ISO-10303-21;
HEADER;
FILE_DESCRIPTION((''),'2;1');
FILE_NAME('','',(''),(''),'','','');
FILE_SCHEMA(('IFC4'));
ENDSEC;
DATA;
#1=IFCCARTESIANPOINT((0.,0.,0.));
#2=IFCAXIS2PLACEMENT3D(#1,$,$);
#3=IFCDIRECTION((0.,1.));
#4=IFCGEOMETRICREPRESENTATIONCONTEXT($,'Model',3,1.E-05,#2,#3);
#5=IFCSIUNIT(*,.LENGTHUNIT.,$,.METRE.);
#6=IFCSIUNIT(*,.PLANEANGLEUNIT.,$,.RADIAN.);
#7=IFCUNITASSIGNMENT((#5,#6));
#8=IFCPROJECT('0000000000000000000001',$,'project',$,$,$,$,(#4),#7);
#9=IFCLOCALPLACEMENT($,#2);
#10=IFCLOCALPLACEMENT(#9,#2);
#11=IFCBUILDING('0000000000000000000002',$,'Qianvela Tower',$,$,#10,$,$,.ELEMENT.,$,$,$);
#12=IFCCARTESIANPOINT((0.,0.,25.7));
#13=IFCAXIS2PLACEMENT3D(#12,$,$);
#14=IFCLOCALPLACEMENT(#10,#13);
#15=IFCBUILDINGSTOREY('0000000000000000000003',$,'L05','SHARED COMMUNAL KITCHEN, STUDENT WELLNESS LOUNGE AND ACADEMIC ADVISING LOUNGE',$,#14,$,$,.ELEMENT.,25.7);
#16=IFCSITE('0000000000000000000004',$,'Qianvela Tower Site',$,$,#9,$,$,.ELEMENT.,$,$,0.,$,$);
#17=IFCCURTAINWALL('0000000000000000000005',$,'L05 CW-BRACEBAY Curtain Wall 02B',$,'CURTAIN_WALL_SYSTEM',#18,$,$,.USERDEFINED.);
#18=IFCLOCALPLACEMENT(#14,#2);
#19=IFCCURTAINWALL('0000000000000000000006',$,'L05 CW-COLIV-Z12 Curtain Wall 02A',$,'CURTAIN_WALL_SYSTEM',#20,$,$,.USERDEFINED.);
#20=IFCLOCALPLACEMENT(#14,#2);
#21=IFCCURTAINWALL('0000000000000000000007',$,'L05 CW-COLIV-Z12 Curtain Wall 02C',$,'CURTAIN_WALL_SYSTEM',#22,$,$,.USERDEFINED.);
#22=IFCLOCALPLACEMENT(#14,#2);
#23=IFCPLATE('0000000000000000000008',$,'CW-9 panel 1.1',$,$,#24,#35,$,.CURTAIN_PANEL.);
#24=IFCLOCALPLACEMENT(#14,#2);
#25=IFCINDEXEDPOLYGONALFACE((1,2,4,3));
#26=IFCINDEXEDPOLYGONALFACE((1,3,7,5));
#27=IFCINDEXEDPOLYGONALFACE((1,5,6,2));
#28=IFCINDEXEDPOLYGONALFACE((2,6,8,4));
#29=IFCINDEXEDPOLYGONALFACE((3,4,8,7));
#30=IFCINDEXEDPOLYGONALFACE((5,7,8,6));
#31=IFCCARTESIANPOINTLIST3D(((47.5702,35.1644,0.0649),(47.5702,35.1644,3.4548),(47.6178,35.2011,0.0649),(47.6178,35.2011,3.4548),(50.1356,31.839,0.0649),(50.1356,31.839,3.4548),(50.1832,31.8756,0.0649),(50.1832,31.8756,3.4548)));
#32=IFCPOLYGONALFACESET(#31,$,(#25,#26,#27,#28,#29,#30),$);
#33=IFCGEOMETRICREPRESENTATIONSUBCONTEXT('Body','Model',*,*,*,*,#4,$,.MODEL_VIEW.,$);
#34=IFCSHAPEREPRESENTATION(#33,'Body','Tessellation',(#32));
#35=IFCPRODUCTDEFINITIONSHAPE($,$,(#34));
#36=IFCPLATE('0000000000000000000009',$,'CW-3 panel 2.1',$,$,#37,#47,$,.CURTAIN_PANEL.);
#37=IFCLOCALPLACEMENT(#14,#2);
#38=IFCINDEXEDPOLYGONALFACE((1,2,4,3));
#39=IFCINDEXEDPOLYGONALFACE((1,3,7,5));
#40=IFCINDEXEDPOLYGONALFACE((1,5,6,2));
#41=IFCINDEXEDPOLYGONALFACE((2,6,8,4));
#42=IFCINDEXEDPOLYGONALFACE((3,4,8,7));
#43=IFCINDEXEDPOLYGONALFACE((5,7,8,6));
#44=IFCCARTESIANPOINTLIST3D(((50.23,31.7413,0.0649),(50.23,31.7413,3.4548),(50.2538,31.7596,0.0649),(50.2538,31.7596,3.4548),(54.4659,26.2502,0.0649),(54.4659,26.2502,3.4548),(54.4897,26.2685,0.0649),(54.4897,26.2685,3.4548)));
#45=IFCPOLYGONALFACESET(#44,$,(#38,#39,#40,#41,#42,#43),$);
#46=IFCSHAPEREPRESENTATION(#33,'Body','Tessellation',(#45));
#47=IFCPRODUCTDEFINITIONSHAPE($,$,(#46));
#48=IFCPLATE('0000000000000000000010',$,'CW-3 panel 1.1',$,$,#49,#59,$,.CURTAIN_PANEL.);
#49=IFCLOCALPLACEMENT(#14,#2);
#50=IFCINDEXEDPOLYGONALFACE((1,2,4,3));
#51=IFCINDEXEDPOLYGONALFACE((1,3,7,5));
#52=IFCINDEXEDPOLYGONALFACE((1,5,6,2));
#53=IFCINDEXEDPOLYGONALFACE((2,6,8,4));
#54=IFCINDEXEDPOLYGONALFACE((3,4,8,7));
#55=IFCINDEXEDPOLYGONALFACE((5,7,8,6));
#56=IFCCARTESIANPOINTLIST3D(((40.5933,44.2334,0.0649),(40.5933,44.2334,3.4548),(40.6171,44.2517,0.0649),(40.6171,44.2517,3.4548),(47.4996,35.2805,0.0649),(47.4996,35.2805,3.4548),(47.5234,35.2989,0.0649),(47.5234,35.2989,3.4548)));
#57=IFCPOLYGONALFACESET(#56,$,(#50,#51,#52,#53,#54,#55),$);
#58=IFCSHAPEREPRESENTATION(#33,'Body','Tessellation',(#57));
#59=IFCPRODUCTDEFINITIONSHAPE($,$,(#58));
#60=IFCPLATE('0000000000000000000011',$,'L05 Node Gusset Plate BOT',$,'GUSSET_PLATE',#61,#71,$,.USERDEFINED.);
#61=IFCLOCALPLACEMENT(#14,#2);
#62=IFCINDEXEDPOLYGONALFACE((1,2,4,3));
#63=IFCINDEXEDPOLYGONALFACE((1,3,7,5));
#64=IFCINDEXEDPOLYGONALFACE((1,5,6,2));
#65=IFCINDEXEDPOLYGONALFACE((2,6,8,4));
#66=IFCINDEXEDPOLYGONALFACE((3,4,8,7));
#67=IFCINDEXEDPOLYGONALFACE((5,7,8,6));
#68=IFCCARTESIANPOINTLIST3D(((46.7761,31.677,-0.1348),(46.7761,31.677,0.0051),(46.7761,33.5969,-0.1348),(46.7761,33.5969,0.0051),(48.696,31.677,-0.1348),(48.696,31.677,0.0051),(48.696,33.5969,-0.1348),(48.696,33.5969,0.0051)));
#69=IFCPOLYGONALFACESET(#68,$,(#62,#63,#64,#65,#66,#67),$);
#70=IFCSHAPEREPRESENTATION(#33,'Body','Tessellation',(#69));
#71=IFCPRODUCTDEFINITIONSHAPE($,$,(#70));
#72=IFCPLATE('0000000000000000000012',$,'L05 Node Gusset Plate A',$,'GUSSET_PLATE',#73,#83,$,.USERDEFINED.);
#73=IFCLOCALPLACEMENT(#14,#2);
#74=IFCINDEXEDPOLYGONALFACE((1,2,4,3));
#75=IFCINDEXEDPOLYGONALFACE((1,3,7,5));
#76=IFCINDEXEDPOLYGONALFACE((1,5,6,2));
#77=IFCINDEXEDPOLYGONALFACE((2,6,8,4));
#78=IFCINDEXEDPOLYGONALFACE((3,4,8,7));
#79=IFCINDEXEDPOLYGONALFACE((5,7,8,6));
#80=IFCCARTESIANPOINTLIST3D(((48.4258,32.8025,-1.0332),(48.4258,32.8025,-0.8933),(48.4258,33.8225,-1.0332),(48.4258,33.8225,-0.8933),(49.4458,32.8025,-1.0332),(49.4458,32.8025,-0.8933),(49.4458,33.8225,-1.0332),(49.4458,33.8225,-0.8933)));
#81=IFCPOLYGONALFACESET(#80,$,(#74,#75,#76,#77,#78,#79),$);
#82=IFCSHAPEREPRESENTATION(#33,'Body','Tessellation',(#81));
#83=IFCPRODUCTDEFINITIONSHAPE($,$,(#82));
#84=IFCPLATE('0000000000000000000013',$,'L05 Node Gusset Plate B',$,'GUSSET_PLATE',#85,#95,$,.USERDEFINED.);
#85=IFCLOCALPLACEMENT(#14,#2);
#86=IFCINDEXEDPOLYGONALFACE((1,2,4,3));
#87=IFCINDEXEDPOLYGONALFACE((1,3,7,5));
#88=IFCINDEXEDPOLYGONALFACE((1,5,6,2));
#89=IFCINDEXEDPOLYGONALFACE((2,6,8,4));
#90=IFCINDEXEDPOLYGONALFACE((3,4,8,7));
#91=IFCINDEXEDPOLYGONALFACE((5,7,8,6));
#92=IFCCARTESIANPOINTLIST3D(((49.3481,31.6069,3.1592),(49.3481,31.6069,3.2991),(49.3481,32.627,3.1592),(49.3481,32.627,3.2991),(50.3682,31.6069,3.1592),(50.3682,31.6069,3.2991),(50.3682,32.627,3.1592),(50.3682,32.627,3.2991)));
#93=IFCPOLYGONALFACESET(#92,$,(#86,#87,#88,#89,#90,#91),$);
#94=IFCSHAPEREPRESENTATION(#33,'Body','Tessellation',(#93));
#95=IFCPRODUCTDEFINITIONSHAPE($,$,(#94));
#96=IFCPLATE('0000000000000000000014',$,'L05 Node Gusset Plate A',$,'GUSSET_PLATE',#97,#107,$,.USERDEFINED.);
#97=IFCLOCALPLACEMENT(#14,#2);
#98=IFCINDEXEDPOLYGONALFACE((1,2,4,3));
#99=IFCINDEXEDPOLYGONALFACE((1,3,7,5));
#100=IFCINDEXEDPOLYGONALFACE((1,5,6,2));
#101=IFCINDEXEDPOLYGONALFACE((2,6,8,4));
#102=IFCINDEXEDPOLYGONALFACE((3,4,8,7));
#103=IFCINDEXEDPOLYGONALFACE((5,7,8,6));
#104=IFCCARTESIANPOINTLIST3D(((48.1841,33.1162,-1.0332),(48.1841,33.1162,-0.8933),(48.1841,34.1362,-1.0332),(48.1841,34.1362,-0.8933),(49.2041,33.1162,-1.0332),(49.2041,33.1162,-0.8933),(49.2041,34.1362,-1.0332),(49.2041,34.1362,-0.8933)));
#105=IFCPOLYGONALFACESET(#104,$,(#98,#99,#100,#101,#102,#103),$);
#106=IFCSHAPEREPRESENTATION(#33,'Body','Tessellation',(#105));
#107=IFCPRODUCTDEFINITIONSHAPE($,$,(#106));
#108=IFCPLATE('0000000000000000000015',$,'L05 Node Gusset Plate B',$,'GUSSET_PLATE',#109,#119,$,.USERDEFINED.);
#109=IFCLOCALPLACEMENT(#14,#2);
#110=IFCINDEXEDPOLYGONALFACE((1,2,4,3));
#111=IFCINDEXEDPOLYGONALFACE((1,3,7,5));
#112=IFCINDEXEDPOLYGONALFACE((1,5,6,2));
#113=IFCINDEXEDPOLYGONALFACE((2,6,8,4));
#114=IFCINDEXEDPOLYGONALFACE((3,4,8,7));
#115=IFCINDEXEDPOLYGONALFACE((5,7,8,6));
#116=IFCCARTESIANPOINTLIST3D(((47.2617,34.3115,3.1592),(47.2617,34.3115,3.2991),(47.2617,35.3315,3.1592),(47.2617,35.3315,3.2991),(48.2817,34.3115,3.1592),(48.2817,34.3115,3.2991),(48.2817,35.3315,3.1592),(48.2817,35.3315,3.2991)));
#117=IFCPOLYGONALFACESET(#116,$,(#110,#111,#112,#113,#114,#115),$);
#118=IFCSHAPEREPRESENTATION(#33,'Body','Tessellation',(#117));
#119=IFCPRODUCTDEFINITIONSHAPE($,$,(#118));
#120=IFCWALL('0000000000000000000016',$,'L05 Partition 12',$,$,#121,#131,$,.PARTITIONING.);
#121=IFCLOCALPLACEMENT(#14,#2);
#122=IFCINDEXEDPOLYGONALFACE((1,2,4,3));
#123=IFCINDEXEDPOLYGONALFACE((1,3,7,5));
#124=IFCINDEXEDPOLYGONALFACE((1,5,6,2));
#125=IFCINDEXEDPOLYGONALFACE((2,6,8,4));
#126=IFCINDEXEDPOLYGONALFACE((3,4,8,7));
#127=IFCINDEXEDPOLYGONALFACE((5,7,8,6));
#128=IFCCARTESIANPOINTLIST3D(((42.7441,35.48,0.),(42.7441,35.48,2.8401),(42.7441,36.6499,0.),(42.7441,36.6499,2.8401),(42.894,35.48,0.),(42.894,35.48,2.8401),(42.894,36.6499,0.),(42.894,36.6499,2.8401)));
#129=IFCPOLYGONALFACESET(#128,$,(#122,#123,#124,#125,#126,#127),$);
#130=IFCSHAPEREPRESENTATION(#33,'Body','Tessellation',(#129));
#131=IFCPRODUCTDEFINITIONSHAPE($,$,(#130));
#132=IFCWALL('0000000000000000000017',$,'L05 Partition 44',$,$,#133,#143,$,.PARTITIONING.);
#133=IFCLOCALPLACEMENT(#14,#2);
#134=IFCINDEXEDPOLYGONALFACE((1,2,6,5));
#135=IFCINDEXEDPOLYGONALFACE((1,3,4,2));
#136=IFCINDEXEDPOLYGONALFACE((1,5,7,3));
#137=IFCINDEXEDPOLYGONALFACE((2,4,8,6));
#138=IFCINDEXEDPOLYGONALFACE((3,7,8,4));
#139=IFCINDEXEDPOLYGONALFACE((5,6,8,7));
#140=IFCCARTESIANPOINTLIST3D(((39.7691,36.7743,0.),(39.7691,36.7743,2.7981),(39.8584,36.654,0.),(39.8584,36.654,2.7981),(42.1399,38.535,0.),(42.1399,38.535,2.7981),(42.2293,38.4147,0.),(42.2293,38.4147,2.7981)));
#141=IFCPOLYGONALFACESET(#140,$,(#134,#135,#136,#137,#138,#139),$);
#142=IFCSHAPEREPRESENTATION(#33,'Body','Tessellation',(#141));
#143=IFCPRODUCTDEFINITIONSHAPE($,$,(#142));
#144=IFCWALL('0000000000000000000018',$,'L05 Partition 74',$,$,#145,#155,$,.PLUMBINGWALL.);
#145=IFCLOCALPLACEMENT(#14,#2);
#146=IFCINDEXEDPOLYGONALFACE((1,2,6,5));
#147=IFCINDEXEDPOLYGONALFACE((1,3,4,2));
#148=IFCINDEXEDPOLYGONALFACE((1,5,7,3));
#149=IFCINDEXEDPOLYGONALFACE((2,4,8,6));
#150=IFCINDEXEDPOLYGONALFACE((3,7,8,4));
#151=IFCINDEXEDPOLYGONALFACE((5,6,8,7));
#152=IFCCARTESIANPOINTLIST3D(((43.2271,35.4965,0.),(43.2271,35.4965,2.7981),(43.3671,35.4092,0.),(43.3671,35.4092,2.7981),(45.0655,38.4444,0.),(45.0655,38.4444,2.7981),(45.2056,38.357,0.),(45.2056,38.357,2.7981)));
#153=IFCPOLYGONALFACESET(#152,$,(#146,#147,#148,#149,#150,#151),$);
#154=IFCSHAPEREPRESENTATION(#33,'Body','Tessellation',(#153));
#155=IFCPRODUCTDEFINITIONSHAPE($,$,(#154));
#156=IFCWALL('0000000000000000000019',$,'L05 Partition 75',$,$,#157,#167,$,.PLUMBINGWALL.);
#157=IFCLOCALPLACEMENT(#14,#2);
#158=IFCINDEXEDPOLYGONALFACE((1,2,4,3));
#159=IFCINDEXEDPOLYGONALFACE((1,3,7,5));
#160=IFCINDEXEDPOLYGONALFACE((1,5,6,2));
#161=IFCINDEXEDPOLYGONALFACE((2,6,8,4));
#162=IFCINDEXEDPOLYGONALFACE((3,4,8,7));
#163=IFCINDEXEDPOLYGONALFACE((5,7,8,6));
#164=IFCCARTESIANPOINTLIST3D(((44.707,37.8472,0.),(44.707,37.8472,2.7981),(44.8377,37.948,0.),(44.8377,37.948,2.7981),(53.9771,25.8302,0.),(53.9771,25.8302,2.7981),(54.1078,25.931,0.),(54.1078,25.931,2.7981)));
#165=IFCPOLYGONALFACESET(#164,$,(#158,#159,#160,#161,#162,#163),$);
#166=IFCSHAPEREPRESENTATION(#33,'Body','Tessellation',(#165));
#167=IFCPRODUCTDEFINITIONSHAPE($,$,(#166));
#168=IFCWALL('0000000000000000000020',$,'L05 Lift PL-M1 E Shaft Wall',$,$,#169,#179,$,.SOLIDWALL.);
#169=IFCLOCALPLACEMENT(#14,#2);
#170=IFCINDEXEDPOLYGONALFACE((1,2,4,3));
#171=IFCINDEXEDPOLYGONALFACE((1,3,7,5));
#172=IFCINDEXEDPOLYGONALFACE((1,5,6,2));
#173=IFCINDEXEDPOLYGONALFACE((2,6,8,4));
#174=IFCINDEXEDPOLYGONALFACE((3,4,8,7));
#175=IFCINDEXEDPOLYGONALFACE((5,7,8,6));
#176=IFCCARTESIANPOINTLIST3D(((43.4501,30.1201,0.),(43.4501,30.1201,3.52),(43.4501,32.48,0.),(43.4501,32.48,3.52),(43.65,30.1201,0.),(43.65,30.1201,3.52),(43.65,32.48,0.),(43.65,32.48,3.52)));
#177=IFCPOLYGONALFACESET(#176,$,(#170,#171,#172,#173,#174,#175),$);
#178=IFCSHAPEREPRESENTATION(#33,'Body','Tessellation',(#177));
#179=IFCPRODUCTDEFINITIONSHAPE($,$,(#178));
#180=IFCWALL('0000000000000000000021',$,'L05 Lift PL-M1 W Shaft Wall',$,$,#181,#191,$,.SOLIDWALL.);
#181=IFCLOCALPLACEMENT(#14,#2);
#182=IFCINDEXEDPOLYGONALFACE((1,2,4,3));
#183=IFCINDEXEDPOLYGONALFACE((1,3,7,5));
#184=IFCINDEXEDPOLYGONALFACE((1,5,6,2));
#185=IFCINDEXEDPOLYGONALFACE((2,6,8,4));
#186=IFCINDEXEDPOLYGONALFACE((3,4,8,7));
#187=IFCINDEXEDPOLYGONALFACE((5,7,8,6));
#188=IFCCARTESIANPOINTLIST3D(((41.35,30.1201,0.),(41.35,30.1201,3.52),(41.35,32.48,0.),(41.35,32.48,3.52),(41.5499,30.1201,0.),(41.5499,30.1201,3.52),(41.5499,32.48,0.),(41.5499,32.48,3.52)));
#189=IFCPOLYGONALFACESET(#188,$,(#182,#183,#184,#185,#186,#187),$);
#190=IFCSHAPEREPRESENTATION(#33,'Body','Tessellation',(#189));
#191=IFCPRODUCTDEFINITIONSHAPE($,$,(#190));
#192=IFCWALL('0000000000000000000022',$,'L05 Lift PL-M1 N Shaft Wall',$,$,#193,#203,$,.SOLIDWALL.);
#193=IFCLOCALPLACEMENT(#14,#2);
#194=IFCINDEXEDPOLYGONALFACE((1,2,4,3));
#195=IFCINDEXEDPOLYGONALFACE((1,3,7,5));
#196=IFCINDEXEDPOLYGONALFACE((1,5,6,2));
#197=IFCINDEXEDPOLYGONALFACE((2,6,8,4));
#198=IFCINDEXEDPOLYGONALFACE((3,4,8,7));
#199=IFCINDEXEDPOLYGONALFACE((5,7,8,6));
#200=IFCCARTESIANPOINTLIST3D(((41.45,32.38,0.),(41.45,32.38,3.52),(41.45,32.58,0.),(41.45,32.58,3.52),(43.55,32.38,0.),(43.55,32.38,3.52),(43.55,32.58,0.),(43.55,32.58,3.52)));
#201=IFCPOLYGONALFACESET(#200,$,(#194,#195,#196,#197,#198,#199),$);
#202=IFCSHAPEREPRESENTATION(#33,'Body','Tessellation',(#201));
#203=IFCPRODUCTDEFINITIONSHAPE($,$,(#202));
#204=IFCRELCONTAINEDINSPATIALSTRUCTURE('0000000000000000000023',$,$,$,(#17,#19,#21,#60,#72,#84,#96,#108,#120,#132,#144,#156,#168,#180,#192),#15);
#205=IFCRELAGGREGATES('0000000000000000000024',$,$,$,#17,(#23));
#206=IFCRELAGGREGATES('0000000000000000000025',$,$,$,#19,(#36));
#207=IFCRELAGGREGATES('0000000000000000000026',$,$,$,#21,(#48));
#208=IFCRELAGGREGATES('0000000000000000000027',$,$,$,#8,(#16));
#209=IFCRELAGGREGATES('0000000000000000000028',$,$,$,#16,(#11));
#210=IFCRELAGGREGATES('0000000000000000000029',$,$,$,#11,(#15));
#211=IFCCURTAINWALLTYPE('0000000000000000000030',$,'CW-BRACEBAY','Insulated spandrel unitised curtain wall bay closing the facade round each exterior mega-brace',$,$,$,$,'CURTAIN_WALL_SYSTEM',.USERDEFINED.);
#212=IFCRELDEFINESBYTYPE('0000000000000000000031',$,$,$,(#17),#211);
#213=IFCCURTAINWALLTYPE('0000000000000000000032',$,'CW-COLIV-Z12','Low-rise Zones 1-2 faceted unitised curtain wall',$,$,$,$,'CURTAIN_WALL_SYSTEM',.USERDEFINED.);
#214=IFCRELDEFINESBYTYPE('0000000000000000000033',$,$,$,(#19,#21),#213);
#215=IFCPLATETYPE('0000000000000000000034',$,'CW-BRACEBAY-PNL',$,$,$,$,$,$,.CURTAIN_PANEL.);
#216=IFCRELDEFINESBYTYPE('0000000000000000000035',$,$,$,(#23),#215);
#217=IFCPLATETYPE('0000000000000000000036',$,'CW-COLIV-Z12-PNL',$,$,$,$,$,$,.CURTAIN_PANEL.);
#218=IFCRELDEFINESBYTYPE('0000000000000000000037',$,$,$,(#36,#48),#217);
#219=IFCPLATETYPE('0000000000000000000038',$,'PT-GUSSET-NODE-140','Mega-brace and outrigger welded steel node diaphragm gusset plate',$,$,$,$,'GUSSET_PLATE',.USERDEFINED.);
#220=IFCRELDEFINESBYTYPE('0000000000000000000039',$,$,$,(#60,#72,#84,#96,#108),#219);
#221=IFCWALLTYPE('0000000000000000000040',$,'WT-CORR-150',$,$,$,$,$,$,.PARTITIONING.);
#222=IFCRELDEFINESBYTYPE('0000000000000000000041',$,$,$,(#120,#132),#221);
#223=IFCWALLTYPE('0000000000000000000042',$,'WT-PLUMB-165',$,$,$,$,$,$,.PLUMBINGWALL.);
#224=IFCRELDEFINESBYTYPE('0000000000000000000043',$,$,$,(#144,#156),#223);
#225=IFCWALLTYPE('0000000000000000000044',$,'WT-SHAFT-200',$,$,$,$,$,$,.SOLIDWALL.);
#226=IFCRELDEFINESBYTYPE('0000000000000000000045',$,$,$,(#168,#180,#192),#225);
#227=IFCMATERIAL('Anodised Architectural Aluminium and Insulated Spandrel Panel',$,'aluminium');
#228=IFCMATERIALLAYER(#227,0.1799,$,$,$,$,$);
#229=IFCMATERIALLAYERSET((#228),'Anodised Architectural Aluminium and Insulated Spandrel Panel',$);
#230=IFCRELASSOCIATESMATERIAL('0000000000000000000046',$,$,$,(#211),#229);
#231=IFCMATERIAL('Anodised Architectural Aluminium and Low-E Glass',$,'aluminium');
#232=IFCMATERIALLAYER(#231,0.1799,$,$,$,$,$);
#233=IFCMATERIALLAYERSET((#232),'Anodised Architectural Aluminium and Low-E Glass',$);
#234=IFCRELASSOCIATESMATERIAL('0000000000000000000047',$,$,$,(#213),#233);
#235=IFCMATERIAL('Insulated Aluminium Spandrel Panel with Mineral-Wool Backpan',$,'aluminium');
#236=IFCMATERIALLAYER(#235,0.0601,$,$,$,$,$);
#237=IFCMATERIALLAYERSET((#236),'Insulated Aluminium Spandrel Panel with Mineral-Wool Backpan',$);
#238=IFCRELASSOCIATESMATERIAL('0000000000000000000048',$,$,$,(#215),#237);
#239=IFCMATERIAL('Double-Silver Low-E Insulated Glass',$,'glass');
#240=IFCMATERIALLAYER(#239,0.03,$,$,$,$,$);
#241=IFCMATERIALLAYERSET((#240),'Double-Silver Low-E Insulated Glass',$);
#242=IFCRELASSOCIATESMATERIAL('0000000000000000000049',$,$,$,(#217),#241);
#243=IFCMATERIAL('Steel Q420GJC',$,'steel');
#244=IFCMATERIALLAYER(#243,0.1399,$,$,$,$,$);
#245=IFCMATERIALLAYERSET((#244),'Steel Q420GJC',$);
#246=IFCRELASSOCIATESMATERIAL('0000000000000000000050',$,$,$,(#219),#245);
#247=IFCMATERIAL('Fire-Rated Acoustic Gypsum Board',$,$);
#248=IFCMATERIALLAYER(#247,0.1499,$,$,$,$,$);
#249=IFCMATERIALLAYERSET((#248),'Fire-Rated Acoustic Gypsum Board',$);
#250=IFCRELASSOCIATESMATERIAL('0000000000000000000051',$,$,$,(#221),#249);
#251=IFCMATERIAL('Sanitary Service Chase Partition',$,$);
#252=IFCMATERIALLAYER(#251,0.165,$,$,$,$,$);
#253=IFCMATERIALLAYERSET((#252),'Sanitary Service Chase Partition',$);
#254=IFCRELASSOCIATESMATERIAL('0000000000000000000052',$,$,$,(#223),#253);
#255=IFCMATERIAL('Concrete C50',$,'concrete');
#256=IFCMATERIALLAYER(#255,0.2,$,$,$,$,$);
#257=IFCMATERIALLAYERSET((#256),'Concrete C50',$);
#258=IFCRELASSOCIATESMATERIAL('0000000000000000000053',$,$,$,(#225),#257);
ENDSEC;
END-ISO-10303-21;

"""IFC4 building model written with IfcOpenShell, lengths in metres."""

from ifc_helpers import new_model, si_unit, direction, frame, frame_2d, origin, origin_2d, place, context, subcontext, project, spatial, rectangle, extrude, material, layer, layer_set, type_object, element, aggregate, save


model = new_model("IFC4")

# Units and contexts
model_context = context("Model", 3, precision=1e-05, world=origin(), true_north=direction((0.0, 1.0)))
body_context = subcontext(model_context, "Body", "Model", "MODEL_VIEW")
ifc_project = project(units=[si_unit("LENGTHUNIT", "METRE"), si_unit("PLANEANGLEUNIT", "RADIAN")], contexts=[model_context])

# Site, building, storey
site_placement = place(None, origin())
site = spatial("IfcSite", under=ifc_project, at=site_placement, Name="Qianvela Tower Site", CompositionType="ELEMENT", RefElevation=0.0)
building_placement = place(site_placement, origin())
building = spatial("IfcBuilding", under=site, at=building_placement, Name="Qianvela Tower", CompositionType="ELEMENT")
storey_placement = place(building_placement, frame((0.0, 0.0, 25.7)))
storey = spatial("IfcBuildingStorey", under=building, at=storey_placement, Name="L05", Description="SHARED COMMUNAL KITCHEN, STUDENT WELLNESS LOUNGE AND ACADEMIC ADVISING LOUNGE", CompositionType="ELEMENT", Elevation=25.7)

# Curtain wall
ifc_material_1 = material(Name="Anodised Architectural Aluminium and Insulated Spandrel Panel", Category="aluminium")
ifc_layer_1 = layer(ifc_material_1, 0.1799)
ifc_layer_set_1 = layer_set([ifc_layer_1], Name="Anodised Architectural Aluminium and Insulated Spandrel Panel")
curtain_wall_type_1 = type_object("IfcCurtainWallType", Name="CW-BRACEBAY", Description="Insulated spandrel unitised curtain wall bay closing the facade round each exterior mega-brace", ElementType="CURTAIN_WALL_SYSTEM", PredefinedType="USERDEFINED", material=ifc_layer_set_1)
curtain_wall_1_placement = place(storey_placement, origin())
curtain_wall_1 = element("IfcCurtainWall", 1, at=curtain_wall_1_placement, inside=storey, type_object=curtain_wall_type_1, Name="L05 CW-BRACEBAY Curtain Wall 02B", ObjectType="CURTAIN_WALL_SYSTEM", PredefinedType="USERDEFINED")

# Curtain wall
ifc_material_2 = material(Name="Anodised Architectural Aluminium and Low-E Glass", Category="aluminium")
ifc_layer_2 = layer(ifc_material_2, 0.1799)
ifc_layer_set_2 = layer_set([ifc_layer_2], Name="Anodised Architectural Aluminium and Low-E Glass")
curtain_wall_type_2 = type_object("IfcCurtainWallType", Name="CW-COLIV-Z12", Description="Low-rise Zones 1-2 faceted unitised curtain wall", ElementType="CURTAIN_WALL_SYSTEM", PredefinedType="USERDEFINED", material=ifc_layer_set_2)
curtain_wall_2_placement = place(storey_placement, origin())
curtain_wall_2 = element("IfcCurtainWall", 2, at=curtain_wall_2_placement, inside=storey, type_object=curtain_wall_type_2, Name="L05 CW-COLIV-Z12 Curtain Wall 02A", ObjectType="CURTAIN_WALL_SYSTEM", PredefinedType="USERDEFINED")

# Curtain wall
curtain_wall_3_placement = place(storey_placement, origin())
curtain_wall_3 = element("IfcCurtainWall", 3, at=curtain_wall_3_placement, inside=storey, type_object=curtain_wall_type_2, Name="L05 CW-COLIV-Z12 Curtain Wall 02C", ObjectType="CURTAIN_WALL_SYSTEM", PredefinedType="USERDEFINED")

# Plates
ifc_material_3 = material(Name="Insulated Aluminium Spandrel Panel with Mineral-Wool Backpan", Category="aluminium")
ifc_layer_3 = layer(ifc_material_3, 0.0601)
ifc_layer_set_3 = layer_set([ifc_layer_3], Name="Insulated Aluminium Spandrel Panel with Mineral-Wool Backpan")
plate_type_1 = type_object("IfcPlateType", Name="CW-BRACEBAY-PNL", PredefinedType="CURTAIN_PANEL", material=ifc_layer_set_3)
plate_1_placement = place(storey_placement, frame((48.8767, 33.52, 0.0649), z_axis=(0.0, 0.0, 1.0), x_axis=(-0.610808, 0.791778, 0.0)))
plate_1 = element("IfcPlate", 4, at=plate_1_placement, type_object=plate_type_1, Name="CW-9 panel 1.1", PredefinedType="CURTAIN_PANEL", context=body_context, shape_type="SweptSolid", body=[
    extrude(rectangle(XDim=4.2, YDim=0.0601, at=origin_2d()), origin(), (0.0, 0.0, 1.0), 3.3899),
])
aggregate(curtain_wall_1, [plate_1])
ifc_material_4 = material(Name="Double-Silver Low-E Insulated Glass", Category="glass")
ifc_layer_4 = layer(ifc_material_4, 0.03)
ifc_layer_set_4 = layer_set([ifc_layer_4], Name="Double-Silver Low-E Insulated Glass")
plate_type_2 = type_object("IfcPlateType", Name="CW-COLIV-Z12-PNL", PredefinedType="CURTAIN_PANEL", material=ifc_layer_set_4)
plate_2_placement = place(storey_placement, frame((52.3599, 29.0049, 0.0649), z_axis=(0.0, 0.0, 1.0), x_axis=(-0.610795, 0.791789, 0.0)))
plate_2 = element("IfcPlate", 5, at=plate_2_placement, type_object=plate_type_2, Name="CW-3 panel 2.1", PredefinedType="CURTAIN_PANEL", context=body_context, shape_type="SweptSolid", body=[
    extrude(rectangle(XDim=6.9351, YDim=0.03, at=origin_2d()), origin(), (0.0, 0.0, 1.0), 3.3899),
])
aggregate(curtain_wall_2, [plate_2])
plate_3_placement = place(storey_placement, frame((44.0583, 39.7661, 0.0649), z_axis=(0.0, 0.0, 1.0), x_axis=(-0.610798, 0.791786, 0.0)))
plate_3 = element("IfcPlate", 6, at=plate_3_placement, type_object=plate_type_2, Name="CW-3 panel 1.1", PredefinedType="CURTAIN_PANEL", context=body_context, shape_type="SweptSolid", body=[
    extrude(rectangle(XDim=11.3071, YDim=0.03, at=origin_2d()), origin(), (0.0, 0.0, 1.0), 3.3899),
])
aggregate(curtain_wall_3, [plate_3])

# Plates
ifc_material_5 = material(Name="Steel Q420GJC", Category="steel")
ifc_layer_5 = layer(ifc_material_5, 0.1399)
ifc_layer_set_5 = layer_set([ifc_layer_5], Name="Steel Q420GJC")
plate_type_3 = type_object("IfcPlateType", Name="PT-GUSSET-NODE-140", Description="Mega-brace and outrigger welded steel node diaphragm gusset plate", ElementType="GUSSET_PLATE", PredefinedType="USERDEFINED", material=ifc_layer_set_5)
plate_4_placement = place(storey_placement, frame((47.7361, 32.637, -0.1348), z_axis=(0.0, 0.0, 1.0), x_axis=(1.0, 0.0, 0.0)))
element("IfcPlate", 7, at=plate_4_placement, inside=storey, type_object=plate_type_3, Name="L05 Node Gusset Plate BOT", ObjectType="GUSSET_PLATE", PredefinedType="USERDEFINED", context=body_context, shape_type="SweptSolid", body=[
    extrude(rectangle(XDim=1.9199, YDim=1.9199, at=origin_2d()), origin(), (0.0, 0.0, 1.0), 0.1399),
])
for number, where, z_axis, x_axis, name in (
    (8, (48.9358, 33.3125, -1.0332), (0.0, 0.0, 1.0), (1.0, 0.0, 0.0), "L05 Node Gusset Plate A"),
    (9, (49.8582, 32.1169, 3.1592), (0.0, 0.0, 1.0), (1.0, 0.0, 0.0), "L05 Node Gusset Plate B"),
    (10, (48.6941, 33.6262, -1.0332), (0.0, 0.0, 1.0), (1.0, 0.0, 0.0), "L05 Node Gusset Plate A"),
    (11, (47.7717, 34.8215, 3.1592), (0.0, 0.0, 1.0), (1.0, 0.0, 0.0), "L05 Node Gusset Plate B"),
):
    element("IfcPlate", number, at=place(storey_placement, frame(where, z_axis=z_axis, x_axis=x_axis)), inside=storey, type_object=plate_type_3, Name=name, ObjectType="GUSSET_PLATE", PredefinedType="USERDEFINED", context=body_context, shape_type="SweptSolid", body=[
        extrude(rectangle(XDim=1.02, YDim=1.02, at=origin_2d()), origin(), (0.0, 0.0, 1.0), 0.1399),
    ])

# Walls
ifc_material_6 = material(Name="Fire-Rated Acoustic Gypsum Board")
ifc_layer_6 = layer(ifc_material_6, 0.1499)
ifc_layer_set_6 = layer_set([ifc_layer_6], Name="Fire-Rated Acoustic Gypsum Board")
wall_type_1 = type_object("IfcWallType", Name="WT-CORR-150", PredefinedType="PARTITIONING", material=ifc_layer_set_6)
wall_1_placement = place(storey_placement, frame((42.8191, 36.6499, 0.0), z_axis=(0.0, 0.0, 1.0), x_axis=(0.0, -1.0, 0.0)))
element("IfcWall", 12, at=wall_1_placement, inside=storey, type_object=wall_type_1, Name="L05 Partition 12", PredefinedType="PARTITIONING", context=body_context, shape_type="SweptSolid", body=[
    extrude(rectangle(XDim=1.1699, YDim=0.1499, at=frame_2d((0.585, 0.0))), origin(), (0.0, 0.0, 1.0), 2.8401),
])
wall_2_placement = place(storey_placement, frame((42.1846, 38.4749, 0.0), z_axis=(0.0, 0.0, 1.0), x_axis=(-0.802818, -0.596224, 0.0)))
element("IfcWall", 13, at=wall_2_placement, inside=storey, type_object=wall_type_1, Name="L05 Partition 44", PredefinedType="PARTITIONING", context=body_context, shape_type="SweptSolid", body=[
    extrude(rectangle(XDim=2.9531, YDim=0.1499, at=frame_2d((1.4766, 0.0))), origin(), (0.0, 0.0, 1.0), 2.7981),
])
ifc_material_7 = material(Name="Sanitary Service Chase Partition")
ifc_layer_7 = layer(ifc_material_7, 0.165)
ifc_layer_set_7 = layer_set([ifc_layer_7], Name="Sanitary Service Chase Partition")
wall_type_2 = type_object("IfcWallType", Name="WT-PLUMB-165", PredefinedType="PLUMBINGWALL", material=ifc_layer_set_7)
wall_3_placement = place(storey_placement, frame((43.2971, 35.4529, 0.0), z_axis=(0.0, 0.0, 1.0), x_axis=(0.529177, 0.848511, 0.0)))
element("IfcWall", 14, at=wall_3_placement, inside=storey, type_object=wall_type_2, Name="L05 Partition 74", PredefinedType="PLUMBINGWALL", context=body_context, shape_type="SweptSolid", body=[
    extrude(rectangle(XDim=3.4741, YDim=0.165, at=frame_2d((1.7371, 0.0))), origin(), (0.0, 0.0, 1.0), 2.7981),
])
wall_4_placement = place(storey_placement, frame((44.7725, 37.8975, 0.0), z_axis=(0.0, 0.0, 1.0), x_axis=(0.610799, -0.791786, 0.0)))
element("IfcWall", 15, at=wall_4_placement, inside=storey, type_object=wall_type_2, Name="L05 Partition 75", PredefinedType="PLUMBINGWALL", context=body_context, shape_type="SweptSolid", body=[
    extrude(rectangle(XDim=15.177, YDim=0.165, at=frame_2d((7.5884, 0.0))), origin(), (0.0, 0.0, 1.0), 2.7981),
])
ifc_material_8 = material(Name="Concrete C50", Category="concrete")
ifc_layer_8 = layer(ifc_material_8, 0.2)
ifc_layer_set_8 = layer_set([ifc_layer_8], Name="Concrete C50")
wall_type_3 = type_object("IfcWallType", Name="WT-SHAFT-200", PredefinedType="SOLIDWALL", material=ifc_layer_set_8)
for number, where, z_axis, x_axis, name in (
    (16, (43.55, 30.1201, 0.0), (0.0, 0.0, 1.0), (0.0, 1.0, 0.0), "L05 Lift PL-M1 E Shaft Wall"),
    (17, (41.45, 30.1201, 0.0), (0.0, 0.0, 1.0), (0.0, 1.0, 0.0), "L05 Lift PL-M1 W Shaft Wall"),
):
    element("IfcWall", number, at=place(storey_placement, frame(where, z_axis=z_axis, x_axis=x_axis)), inside=storey, type_object=wall_type_3, Name=name, PredefinedType="SOLIDWALL", context=body_context, shape_type="SweptSolid", body=[
        extrude(rectangle(XDim=2.3599, YDim=0.2, at=frame_2d((1.1799, 0.0))), origin(), (0.0, 0.0, 1.0), 3.52),
    ])
for number, where, z_axis, x_axis, name in (
    (18, (41.45, 32.48, 0.0), (0.0, 0.0, 1.0), (1.0, 0.0, 0.0), "L05 Lift PL-M1 N Shaft Wall"),
):
    element("IfcWall", number, at=place(storey_placement, frame(where, z_axis=z_axis, x_axis=x_axis)), inside=storey, type_object=wall_type_3, Name=name, PredefinedType="SOLIDWALL", context=body_context, shape_type="SweptSolid", body=[
        extrude(rectangle(XDim=2.1001, YDim=0.2, at=frame_2d((1.05, 0.0))), origin(), (0.0, 0.0, 1.0), 3.52),
    ])

save(model, "model.ifc")
